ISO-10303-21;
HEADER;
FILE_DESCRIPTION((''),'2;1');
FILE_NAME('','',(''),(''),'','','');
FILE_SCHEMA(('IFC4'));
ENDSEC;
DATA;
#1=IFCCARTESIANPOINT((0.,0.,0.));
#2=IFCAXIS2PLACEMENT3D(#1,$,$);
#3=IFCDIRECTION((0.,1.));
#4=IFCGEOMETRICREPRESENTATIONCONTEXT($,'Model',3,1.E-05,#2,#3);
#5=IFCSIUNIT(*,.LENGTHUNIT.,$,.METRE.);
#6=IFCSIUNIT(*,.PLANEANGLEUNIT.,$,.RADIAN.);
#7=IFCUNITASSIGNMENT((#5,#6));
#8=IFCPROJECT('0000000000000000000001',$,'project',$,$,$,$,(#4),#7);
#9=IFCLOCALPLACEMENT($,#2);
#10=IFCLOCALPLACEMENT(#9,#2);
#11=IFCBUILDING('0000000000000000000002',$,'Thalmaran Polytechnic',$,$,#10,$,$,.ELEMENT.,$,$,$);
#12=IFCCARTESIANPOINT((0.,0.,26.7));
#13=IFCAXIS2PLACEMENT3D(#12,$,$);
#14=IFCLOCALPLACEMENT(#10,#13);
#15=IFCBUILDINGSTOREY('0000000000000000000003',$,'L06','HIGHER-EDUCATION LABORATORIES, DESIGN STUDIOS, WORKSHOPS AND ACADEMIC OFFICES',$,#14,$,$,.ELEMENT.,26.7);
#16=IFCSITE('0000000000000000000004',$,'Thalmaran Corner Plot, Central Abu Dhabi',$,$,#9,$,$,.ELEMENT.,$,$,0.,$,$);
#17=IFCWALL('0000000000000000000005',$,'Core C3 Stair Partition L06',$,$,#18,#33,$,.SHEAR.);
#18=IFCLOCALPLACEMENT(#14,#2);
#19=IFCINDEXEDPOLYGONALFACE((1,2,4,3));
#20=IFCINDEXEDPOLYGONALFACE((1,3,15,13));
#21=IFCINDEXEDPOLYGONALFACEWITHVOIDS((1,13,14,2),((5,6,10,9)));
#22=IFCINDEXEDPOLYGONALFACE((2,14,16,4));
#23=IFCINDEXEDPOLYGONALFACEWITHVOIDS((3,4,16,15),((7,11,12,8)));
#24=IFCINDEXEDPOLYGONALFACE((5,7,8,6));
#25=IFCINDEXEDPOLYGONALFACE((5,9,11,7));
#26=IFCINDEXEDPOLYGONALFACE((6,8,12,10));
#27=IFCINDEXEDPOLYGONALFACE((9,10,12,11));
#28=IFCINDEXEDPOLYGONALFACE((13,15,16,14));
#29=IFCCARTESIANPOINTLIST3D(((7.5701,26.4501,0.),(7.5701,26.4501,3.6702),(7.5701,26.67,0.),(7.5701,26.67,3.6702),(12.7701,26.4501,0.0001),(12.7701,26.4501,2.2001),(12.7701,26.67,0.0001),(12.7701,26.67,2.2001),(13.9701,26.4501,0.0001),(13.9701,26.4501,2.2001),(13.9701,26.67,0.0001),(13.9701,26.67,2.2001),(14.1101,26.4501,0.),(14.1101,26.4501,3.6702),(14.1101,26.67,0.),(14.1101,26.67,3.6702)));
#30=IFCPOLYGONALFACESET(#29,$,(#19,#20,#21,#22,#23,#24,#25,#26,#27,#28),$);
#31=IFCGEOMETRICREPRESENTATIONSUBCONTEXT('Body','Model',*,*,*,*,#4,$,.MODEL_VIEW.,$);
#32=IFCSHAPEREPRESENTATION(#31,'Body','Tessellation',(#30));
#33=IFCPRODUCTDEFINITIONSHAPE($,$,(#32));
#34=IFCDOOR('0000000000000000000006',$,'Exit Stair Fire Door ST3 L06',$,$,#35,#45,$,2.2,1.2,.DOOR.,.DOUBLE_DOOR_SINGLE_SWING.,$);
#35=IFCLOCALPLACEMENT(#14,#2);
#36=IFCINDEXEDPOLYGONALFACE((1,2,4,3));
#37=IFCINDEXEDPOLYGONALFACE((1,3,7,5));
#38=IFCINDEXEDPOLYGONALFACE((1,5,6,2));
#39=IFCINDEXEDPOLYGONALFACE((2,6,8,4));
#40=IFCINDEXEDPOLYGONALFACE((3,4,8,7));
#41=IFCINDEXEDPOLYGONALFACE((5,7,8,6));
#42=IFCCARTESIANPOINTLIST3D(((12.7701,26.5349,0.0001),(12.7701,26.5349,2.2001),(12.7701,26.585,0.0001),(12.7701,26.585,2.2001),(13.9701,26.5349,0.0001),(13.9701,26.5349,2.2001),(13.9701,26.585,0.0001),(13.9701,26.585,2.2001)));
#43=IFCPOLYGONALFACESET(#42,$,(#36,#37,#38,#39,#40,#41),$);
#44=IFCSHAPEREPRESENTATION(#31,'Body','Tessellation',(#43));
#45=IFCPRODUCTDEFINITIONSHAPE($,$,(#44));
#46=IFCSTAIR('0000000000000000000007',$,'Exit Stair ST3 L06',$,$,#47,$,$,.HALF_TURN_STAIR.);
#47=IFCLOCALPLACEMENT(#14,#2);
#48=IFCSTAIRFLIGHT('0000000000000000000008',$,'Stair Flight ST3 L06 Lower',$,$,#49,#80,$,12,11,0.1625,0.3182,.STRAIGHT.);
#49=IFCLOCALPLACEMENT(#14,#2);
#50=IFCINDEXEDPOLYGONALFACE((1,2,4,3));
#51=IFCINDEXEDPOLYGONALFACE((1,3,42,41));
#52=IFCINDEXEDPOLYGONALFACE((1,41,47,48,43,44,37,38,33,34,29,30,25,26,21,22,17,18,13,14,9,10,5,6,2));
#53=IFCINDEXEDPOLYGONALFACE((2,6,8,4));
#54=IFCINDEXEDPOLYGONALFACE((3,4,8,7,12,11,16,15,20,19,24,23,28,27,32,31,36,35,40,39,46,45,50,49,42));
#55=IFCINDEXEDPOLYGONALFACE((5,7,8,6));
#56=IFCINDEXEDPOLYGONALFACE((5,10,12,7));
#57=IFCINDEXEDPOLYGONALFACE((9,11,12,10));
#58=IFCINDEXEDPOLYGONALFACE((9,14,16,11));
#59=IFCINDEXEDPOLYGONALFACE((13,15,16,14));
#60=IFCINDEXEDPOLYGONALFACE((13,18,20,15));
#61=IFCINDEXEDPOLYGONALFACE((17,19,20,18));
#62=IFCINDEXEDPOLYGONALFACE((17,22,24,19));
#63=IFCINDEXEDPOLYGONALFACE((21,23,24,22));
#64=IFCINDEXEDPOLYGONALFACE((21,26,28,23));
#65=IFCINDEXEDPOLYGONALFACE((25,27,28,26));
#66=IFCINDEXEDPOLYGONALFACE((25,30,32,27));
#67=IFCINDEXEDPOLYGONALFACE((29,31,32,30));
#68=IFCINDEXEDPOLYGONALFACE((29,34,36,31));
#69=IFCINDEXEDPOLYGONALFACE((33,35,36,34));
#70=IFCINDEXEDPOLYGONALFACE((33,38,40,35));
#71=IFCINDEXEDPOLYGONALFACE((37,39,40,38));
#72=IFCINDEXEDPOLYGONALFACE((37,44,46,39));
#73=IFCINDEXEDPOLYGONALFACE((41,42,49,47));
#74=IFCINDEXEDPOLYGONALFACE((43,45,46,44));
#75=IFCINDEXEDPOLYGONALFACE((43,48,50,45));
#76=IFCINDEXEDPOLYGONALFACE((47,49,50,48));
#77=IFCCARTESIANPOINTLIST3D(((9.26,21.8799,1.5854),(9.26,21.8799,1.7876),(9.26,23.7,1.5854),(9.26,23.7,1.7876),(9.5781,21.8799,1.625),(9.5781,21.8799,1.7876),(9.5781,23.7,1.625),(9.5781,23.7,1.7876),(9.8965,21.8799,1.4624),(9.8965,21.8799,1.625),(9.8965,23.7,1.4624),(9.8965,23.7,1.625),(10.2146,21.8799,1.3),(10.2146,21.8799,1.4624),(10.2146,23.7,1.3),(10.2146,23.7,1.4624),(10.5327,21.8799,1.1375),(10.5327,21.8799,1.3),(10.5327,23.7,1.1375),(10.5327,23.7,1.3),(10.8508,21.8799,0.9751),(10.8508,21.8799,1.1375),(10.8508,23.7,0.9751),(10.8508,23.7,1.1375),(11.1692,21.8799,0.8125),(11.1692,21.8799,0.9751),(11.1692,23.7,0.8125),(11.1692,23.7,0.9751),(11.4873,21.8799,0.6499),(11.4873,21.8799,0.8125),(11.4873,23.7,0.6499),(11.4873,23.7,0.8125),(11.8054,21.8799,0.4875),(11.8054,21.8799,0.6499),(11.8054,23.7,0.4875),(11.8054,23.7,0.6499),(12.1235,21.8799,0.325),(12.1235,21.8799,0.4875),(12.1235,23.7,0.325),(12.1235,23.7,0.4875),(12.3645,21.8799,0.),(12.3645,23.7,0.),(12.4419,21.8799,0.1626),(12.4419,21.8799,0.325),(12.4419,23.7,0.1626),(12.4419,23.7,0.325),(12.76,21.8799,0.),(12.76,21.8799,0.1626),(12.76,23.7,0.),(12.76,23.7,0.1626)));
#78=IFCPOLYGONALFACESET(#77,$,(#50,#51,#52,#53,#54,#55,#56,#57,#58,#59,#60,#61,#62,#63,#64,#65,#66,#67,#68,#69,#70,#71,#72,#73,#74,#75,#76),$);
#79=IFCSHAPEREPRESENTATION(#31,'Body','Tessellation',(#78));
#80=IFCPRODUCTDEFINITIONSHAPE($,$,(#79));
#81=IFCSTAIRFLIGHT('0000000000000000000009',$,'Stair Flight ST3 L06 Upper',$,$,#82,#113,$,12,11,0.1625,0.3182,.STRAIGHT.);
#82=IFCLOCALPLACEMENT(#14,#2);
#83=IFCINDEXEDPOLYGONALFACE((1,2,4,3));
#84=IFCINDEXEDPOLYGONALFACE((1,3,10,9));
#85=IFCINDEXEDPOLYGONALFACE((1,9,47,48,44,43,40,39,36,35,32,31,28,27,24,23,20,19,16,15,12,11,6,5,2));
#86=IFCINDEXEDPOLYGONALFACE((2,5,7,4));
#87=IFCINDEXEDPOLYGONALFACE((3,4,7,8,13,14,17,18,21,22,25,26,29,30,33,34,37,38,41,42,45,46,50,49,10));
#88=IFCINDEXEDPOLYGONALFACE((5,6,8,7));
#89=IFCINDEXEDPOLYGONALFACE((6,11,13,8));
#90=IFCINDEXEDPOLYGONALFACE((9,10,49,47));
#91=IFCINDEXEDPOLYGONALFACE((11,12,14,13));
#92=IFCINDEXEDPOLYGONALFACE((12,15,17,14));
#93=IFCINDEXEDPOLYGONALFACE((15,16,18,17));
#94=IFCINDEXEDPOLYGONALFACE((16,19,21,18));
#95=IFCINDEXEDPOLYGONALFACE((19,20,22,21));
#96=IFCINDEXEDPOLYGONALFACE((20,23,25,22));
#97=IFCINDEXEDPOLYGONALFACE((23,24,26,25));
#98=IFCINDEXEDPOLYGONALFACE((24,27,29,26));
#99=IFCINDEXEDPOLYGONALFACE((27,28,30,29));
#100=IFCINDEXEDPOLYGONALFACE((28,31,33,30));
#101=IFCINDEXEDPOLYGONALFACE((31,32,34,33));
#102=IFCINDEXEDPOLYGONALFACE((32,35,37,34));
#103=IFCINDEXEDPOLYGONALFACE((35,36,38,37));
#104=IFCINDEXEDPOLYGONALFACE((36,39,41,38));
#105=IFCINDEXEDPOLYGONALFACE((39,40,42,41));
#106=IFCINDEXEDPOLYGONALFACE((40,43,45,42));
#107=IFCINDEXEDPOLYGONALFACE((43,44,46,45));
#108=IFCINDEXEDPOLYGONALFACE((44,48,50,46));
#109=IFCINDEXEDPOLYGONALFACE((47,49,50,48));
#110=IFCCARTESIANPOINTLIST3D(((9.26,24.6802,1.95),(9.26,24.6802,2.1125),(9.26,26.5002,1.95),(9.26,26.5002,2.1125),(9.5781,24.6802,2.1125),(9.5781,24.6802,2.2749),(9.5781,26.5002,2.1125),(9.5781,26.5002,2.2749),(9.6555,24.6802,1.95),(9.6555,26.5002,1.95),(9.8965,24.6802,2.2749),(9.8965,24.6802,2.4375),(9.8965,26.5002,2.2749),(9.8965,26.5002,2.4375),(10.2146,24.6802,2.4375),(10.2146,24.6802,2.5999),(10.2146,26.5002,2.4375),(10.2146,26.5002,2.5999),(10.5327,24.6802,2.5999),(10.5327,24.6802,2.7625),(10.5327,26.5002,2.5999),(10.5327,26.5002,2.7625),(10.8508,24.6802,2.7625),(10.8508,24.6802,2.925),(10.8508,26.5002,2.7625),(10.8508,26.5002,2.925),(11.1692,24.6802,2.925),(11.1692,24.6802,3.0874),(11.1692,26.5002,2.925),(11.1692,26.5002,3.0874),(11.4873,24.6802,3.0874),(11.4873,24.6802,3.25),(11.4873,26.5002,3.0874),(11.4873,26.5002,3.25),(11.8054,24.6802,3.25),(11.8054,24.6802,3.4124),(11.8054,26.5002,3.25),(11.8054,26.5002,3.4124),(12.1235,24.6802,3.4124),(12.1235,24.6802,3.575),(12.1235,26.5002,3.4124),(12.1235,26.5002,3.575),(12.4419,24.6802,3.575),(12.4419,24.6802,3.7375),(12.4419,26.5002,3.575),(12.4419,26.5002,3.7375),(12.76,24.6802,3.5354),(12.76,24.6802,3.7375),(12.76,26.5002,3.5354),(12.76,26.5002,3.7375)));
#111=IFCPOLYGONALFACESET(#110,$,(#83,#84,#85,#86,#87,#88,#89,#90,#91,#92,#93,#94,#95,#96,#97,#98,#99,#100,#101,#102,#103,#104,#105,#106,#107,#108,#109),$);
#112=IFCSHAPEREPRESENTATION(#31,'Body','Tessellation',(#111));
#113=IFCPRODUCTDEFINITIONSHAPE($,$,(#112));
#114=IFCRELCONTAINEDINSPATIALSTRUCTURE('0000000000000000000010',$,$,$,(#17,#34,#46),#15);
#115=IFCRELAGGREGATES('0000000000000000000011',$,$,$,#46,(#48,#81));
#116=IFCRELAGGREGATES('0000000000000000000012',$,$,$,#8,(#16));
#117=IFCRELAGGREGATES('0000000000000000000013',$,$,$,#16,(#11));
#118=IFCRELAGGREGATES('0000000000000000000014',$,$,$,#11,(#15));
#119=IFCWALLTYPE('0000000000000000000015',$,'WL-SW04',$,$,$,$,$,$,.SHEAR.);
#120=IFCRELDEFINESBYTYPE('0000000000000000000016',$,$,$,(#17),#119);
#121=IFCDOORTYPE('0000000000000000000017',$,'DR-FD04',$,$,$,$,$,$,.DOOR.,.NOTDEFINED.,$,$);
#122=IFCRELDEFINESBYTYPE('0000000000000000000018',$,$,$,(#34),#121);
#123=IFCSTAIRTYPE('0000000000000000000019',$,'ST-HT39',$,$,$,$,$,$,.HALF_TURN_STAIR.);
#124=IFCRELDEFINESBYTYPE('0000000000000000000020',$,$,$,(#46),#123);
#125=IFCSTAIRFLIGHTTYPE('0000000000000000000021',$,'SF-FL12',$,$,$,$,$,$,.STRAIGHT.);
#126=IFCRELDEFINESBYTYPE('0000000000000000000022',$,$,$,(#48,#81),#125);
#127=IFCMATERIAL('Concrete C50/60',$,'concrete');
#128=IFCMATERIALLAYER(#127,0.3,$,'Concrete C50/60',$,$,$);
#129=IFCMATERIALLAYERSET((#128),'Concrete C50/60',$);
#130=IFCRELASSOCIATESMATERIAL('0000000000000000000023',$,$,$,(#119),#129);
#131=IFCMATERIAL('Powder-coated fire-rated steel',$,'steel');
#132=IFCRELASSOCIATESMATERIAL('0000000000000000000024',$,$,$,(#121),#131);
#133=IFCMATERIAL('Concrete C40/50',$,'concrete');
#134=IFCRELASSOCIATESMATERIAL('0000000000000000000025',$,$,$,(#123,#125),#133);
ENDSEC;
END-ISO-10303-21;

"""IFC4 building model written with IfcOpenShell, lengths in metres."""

from ifc_helpers import new_model, si_unit, direction, frame, frame_2d, origin, place, context, subcontext, project, spatial, polyline, rectangle, outline, extrude, material, layer, layer_set, type_object, element, fill, aggregate, save


model = new_model("IFC4")

# Units and contexts
model_context = context("Model", 3, precision=1e-05, world=origin(), true_north=direction((0.0, 1.0)))
body_context = subcontext(model_context, "Body", "Model", "MODEL_VIEW")
ifc_project = project(units=[si_unit("LENGTHUNIT", "METRE"), si_unit("PLANEANGLEUNIT", "RADIAN")], contexts=[model_context])

# Site, building, storey
site_placement = place(None, origin())
site = spatial("IfcSite", under=ifc_project, at=site_placement, Name="Thalmaran Corner Plot, Central Abu Dhabi", CompositionType="ELEMENT", RefElevation=0.0)
building_placement = place(site_placement, origin())
building = spatial("IfcBuilding", under=site, at=building_placement, Name="Thalmaran Polytechnic", CompositionType="ELEMENT")
storey_placement = place(building_placement, frame((0.0, 0.0, 26.7)))
storey = spatial("IfcBuildingStorey", under=building, at=storey_placement, Name="L06", Description="HIGHER-EDUCATION LABORATORIES, DESIGN STUDIOS, WORKSHOPS AND ACADEMIC OFFICES", CompositionType="ELEMENT", Elevation=26.7)

# Shared definitions
ifc_material_1 = material(Name="Concrete C40/50", Category="concrete")

# Shared definitions
ifc_material_2 = material(Name="Concrete C50/60", Category="concrete")
ifc_layer_1 = layer(ifc_material_2, 0.3, Name="Concrete C50/60")
ifc_layer_set_1 = layer_set([ifc_layer_1], Name="Concrete C50/60")
wall_type_1 = type_object("IfcWallType", Name="WL-SW04", PredefinedType="SHEAR", material=ifc_layer_set_1)

# Wall, opening, door
ifc_material_3 = material(Name="Powder-coated fire-rated steel", Category="steel")
wall_1_placement = place(storey_placement, frame((7.5701, 26.5601, 0.0), z_axis=(0.0, 0.0, 1.0), x_axis=(1.0, 0.0, 0.0)))
wall_1 = element("IfcWall", 1, at=wall_1_placement, inside=storey, type_object=wall_type_1, Name="Core C3 Stair Partition L06", PredefinedType="SHEAR", context=body_context, shape_type="SweptSolid", body=[
    extrude(rectangle(XDim=6.54, YDim=0.22, at=frame_2d((3.27, 0.0))), origin(), (0.0, 0.0, 1.0), 3.6702),
])
opening_1_placement = place(wall_1_placement, frame((5.2, 0.0, 0.0)))
opening_1 = element("IfcOpeningElement", 2, at=opening_1_placement, cuts=wall_1, PredefinedType="OPENING", context=body_context, shape_type="SweptSolid", body=[
    extrude(rectangle(XDim=1.2, YDim=2.2, at=frame_2d((0.6001, 1.1001))), frame((0.0, 0.1199, 0.0), z_axis=(0.0, -1.0, 0.0), x_axis=(1.0, 0.0, 0.0)), (0.0, 0.0, 1.0), 0.24),
])
door_type_1 = type_object("IfcDoorType", Name="DR-FD04", OperationType="NOTDEFINED", PredefinedType="DOOR", material=ifc_material_3)
door_1_placement = place(opening_1_placement, origin())
door_1 = element("IfcDoor", 3, at=door_1_placement, inside=storey, type_object=door_type_1, Name="Exit Stair Fire Door ST3 L06", OperationType="DOUBLE_DOOR_SINGLE_SWING", OverallHeight=2.2, OverallWidth=1.2, PredefinedType="DOOR", context=body_context, shape_type="SweptSolid", body=[
    extrude(rectangle(XDim=1.2, YDim=2.2, at=frame_2d((0.6001, 1.1001))), frame((0.0, 0.0249, 0.0), z_axis=(0.0, -1.0, 0.0), x_axis=(1.0, 0.0, 0.0)), (0.0, 0.0, 1.0), 0.05),
])
fill(opening_1, door_1)

# Stair, stair flights
stair_type = type_object("IfcStairType", Name="ST-HT39", PredefinedType="HALF_TURN_STAIR", material=ifc_material_1)
stair_placement = place(storey_placement, origin())
stair = element("IfcStair", 4, at=stair_placement, inside=storey, type_object=stair_type, Name="Exit Stair ST3 L06", PredefinedType="HALF_TURN_STAIR")
stair_flight_type = type_object("IfcStairFlightType", Name="SF-FL12", PredefinedType="STRAIGHT", material=ifc_material_1)
stair_flight_1_placement = place(storey_placement, frame((12.76, 22.79, 0.0), z_axis=(0.0, 0.0, 1.0), x_axis=(-1.0, 0.0, 0.0)))
stair_flight_1 = element("IfcStairFlight", 5, at=stair_flight_1_placement, type_object=stair_flight_type, Name="Stair Flight ST3 L06 Lower", NumberOfRisers=12, NumberOfTreads=11, PredefinedType="STRAIGHT", RiserHeight=0.1625, TreadLength=0.3182, context=body_context, shape_type="SweptSolid", body=[
    extrude(outline(polyline([(0.0, 0.0), (0.0, 0.1626), (0.3181, 0.1626), (0.3181, 0.325), (0.6365, 0.325), (0.6365, 0.4875), (0.9546, 0.4875), (0.9546, 0.6499), (1.2727, 0.6499), (1.2727, 0.8125), (1.5908, 0.8125), (1.5908, 0.9751), (1.9092, 0.9751), (1.9092, 1.1375), (2.2273, 1.1375), (2.2273, 1.3), (2.5454, 1.3), (2.5454, 1.4624), (2.8635, 1.4624), (2.8635, 1.625), (3.1819, 1.625), (3.1819, 1.7876), (3.5, 1.7876), (3.5, 1.95), (3.5, 1.5854), (0.3955, 0.0), (0.0, 0.0)])), frame((0.0, 0.9102, 0.0), z_axis=(0.0, -1.0, 0.0), x_axis=(1.0, 0.0, 0.0)), (0.0, 0.0, 1.0), 1.8201),
])
stair_flight_2_placement = place(storey_placement, frame((9.26, 25.5901, 1.95), z_axis=(0.0, 0.0, 1.0), x_axis=(1.0, 0.0, 0.0)))
stair_flight_2 = element("IfcStairFlight", 6, at=stair_flight_2_placement, type_object=stair_flight_type, Name="Stair Flight ST3 L06 Upper", NumberOfRisers=12, NumberOfTreads=11, PredefinedType="STRAIGHT", RiserHeight=0.1625, TreadLength=0.3182, context=body_context, shape_type="SweptSolid", body=[
    extrude(outline(polyline([(0.0, 0.0), (0.0, 0.1626), (0.3181, 0.1626), (0.3181, 0.325), (0.6365, 0.325), (0.6365, 0.4875), (0.9546, 0.4875), (0.9546, 0.6499), (1.2727, 0.6499), (1.2727, 0.8125), (1.5908, 0.8125), (1.5908, 0.9751), (1.9092, 0.9751), (1.9092, 1.1375), (2.2273, 1.1375), (2.2273, 1.3), (2.5454, 1.3), (2.5454, 1.4624), (2.8635, 1.4624), (2.8635, 1.625), (3.1819, 1.625), (3.1819, 1.7876), (3.5, 1.7876), (3.5, 1.95), (3.5, 1.5854), (0.3955, 0.0), (0.0, 0.0)])), frame((0.0, 0.9102, 0.0), z_axis=(0.0, -1.0, 0.0), x_axis=(1.0, 0.0, 0.0)), (0.0, 0.0, 1.0), 1.8201),
])
aggregate(stair, [stair_flight_1, stair_flight_2])

save(model, "model.ifc")
